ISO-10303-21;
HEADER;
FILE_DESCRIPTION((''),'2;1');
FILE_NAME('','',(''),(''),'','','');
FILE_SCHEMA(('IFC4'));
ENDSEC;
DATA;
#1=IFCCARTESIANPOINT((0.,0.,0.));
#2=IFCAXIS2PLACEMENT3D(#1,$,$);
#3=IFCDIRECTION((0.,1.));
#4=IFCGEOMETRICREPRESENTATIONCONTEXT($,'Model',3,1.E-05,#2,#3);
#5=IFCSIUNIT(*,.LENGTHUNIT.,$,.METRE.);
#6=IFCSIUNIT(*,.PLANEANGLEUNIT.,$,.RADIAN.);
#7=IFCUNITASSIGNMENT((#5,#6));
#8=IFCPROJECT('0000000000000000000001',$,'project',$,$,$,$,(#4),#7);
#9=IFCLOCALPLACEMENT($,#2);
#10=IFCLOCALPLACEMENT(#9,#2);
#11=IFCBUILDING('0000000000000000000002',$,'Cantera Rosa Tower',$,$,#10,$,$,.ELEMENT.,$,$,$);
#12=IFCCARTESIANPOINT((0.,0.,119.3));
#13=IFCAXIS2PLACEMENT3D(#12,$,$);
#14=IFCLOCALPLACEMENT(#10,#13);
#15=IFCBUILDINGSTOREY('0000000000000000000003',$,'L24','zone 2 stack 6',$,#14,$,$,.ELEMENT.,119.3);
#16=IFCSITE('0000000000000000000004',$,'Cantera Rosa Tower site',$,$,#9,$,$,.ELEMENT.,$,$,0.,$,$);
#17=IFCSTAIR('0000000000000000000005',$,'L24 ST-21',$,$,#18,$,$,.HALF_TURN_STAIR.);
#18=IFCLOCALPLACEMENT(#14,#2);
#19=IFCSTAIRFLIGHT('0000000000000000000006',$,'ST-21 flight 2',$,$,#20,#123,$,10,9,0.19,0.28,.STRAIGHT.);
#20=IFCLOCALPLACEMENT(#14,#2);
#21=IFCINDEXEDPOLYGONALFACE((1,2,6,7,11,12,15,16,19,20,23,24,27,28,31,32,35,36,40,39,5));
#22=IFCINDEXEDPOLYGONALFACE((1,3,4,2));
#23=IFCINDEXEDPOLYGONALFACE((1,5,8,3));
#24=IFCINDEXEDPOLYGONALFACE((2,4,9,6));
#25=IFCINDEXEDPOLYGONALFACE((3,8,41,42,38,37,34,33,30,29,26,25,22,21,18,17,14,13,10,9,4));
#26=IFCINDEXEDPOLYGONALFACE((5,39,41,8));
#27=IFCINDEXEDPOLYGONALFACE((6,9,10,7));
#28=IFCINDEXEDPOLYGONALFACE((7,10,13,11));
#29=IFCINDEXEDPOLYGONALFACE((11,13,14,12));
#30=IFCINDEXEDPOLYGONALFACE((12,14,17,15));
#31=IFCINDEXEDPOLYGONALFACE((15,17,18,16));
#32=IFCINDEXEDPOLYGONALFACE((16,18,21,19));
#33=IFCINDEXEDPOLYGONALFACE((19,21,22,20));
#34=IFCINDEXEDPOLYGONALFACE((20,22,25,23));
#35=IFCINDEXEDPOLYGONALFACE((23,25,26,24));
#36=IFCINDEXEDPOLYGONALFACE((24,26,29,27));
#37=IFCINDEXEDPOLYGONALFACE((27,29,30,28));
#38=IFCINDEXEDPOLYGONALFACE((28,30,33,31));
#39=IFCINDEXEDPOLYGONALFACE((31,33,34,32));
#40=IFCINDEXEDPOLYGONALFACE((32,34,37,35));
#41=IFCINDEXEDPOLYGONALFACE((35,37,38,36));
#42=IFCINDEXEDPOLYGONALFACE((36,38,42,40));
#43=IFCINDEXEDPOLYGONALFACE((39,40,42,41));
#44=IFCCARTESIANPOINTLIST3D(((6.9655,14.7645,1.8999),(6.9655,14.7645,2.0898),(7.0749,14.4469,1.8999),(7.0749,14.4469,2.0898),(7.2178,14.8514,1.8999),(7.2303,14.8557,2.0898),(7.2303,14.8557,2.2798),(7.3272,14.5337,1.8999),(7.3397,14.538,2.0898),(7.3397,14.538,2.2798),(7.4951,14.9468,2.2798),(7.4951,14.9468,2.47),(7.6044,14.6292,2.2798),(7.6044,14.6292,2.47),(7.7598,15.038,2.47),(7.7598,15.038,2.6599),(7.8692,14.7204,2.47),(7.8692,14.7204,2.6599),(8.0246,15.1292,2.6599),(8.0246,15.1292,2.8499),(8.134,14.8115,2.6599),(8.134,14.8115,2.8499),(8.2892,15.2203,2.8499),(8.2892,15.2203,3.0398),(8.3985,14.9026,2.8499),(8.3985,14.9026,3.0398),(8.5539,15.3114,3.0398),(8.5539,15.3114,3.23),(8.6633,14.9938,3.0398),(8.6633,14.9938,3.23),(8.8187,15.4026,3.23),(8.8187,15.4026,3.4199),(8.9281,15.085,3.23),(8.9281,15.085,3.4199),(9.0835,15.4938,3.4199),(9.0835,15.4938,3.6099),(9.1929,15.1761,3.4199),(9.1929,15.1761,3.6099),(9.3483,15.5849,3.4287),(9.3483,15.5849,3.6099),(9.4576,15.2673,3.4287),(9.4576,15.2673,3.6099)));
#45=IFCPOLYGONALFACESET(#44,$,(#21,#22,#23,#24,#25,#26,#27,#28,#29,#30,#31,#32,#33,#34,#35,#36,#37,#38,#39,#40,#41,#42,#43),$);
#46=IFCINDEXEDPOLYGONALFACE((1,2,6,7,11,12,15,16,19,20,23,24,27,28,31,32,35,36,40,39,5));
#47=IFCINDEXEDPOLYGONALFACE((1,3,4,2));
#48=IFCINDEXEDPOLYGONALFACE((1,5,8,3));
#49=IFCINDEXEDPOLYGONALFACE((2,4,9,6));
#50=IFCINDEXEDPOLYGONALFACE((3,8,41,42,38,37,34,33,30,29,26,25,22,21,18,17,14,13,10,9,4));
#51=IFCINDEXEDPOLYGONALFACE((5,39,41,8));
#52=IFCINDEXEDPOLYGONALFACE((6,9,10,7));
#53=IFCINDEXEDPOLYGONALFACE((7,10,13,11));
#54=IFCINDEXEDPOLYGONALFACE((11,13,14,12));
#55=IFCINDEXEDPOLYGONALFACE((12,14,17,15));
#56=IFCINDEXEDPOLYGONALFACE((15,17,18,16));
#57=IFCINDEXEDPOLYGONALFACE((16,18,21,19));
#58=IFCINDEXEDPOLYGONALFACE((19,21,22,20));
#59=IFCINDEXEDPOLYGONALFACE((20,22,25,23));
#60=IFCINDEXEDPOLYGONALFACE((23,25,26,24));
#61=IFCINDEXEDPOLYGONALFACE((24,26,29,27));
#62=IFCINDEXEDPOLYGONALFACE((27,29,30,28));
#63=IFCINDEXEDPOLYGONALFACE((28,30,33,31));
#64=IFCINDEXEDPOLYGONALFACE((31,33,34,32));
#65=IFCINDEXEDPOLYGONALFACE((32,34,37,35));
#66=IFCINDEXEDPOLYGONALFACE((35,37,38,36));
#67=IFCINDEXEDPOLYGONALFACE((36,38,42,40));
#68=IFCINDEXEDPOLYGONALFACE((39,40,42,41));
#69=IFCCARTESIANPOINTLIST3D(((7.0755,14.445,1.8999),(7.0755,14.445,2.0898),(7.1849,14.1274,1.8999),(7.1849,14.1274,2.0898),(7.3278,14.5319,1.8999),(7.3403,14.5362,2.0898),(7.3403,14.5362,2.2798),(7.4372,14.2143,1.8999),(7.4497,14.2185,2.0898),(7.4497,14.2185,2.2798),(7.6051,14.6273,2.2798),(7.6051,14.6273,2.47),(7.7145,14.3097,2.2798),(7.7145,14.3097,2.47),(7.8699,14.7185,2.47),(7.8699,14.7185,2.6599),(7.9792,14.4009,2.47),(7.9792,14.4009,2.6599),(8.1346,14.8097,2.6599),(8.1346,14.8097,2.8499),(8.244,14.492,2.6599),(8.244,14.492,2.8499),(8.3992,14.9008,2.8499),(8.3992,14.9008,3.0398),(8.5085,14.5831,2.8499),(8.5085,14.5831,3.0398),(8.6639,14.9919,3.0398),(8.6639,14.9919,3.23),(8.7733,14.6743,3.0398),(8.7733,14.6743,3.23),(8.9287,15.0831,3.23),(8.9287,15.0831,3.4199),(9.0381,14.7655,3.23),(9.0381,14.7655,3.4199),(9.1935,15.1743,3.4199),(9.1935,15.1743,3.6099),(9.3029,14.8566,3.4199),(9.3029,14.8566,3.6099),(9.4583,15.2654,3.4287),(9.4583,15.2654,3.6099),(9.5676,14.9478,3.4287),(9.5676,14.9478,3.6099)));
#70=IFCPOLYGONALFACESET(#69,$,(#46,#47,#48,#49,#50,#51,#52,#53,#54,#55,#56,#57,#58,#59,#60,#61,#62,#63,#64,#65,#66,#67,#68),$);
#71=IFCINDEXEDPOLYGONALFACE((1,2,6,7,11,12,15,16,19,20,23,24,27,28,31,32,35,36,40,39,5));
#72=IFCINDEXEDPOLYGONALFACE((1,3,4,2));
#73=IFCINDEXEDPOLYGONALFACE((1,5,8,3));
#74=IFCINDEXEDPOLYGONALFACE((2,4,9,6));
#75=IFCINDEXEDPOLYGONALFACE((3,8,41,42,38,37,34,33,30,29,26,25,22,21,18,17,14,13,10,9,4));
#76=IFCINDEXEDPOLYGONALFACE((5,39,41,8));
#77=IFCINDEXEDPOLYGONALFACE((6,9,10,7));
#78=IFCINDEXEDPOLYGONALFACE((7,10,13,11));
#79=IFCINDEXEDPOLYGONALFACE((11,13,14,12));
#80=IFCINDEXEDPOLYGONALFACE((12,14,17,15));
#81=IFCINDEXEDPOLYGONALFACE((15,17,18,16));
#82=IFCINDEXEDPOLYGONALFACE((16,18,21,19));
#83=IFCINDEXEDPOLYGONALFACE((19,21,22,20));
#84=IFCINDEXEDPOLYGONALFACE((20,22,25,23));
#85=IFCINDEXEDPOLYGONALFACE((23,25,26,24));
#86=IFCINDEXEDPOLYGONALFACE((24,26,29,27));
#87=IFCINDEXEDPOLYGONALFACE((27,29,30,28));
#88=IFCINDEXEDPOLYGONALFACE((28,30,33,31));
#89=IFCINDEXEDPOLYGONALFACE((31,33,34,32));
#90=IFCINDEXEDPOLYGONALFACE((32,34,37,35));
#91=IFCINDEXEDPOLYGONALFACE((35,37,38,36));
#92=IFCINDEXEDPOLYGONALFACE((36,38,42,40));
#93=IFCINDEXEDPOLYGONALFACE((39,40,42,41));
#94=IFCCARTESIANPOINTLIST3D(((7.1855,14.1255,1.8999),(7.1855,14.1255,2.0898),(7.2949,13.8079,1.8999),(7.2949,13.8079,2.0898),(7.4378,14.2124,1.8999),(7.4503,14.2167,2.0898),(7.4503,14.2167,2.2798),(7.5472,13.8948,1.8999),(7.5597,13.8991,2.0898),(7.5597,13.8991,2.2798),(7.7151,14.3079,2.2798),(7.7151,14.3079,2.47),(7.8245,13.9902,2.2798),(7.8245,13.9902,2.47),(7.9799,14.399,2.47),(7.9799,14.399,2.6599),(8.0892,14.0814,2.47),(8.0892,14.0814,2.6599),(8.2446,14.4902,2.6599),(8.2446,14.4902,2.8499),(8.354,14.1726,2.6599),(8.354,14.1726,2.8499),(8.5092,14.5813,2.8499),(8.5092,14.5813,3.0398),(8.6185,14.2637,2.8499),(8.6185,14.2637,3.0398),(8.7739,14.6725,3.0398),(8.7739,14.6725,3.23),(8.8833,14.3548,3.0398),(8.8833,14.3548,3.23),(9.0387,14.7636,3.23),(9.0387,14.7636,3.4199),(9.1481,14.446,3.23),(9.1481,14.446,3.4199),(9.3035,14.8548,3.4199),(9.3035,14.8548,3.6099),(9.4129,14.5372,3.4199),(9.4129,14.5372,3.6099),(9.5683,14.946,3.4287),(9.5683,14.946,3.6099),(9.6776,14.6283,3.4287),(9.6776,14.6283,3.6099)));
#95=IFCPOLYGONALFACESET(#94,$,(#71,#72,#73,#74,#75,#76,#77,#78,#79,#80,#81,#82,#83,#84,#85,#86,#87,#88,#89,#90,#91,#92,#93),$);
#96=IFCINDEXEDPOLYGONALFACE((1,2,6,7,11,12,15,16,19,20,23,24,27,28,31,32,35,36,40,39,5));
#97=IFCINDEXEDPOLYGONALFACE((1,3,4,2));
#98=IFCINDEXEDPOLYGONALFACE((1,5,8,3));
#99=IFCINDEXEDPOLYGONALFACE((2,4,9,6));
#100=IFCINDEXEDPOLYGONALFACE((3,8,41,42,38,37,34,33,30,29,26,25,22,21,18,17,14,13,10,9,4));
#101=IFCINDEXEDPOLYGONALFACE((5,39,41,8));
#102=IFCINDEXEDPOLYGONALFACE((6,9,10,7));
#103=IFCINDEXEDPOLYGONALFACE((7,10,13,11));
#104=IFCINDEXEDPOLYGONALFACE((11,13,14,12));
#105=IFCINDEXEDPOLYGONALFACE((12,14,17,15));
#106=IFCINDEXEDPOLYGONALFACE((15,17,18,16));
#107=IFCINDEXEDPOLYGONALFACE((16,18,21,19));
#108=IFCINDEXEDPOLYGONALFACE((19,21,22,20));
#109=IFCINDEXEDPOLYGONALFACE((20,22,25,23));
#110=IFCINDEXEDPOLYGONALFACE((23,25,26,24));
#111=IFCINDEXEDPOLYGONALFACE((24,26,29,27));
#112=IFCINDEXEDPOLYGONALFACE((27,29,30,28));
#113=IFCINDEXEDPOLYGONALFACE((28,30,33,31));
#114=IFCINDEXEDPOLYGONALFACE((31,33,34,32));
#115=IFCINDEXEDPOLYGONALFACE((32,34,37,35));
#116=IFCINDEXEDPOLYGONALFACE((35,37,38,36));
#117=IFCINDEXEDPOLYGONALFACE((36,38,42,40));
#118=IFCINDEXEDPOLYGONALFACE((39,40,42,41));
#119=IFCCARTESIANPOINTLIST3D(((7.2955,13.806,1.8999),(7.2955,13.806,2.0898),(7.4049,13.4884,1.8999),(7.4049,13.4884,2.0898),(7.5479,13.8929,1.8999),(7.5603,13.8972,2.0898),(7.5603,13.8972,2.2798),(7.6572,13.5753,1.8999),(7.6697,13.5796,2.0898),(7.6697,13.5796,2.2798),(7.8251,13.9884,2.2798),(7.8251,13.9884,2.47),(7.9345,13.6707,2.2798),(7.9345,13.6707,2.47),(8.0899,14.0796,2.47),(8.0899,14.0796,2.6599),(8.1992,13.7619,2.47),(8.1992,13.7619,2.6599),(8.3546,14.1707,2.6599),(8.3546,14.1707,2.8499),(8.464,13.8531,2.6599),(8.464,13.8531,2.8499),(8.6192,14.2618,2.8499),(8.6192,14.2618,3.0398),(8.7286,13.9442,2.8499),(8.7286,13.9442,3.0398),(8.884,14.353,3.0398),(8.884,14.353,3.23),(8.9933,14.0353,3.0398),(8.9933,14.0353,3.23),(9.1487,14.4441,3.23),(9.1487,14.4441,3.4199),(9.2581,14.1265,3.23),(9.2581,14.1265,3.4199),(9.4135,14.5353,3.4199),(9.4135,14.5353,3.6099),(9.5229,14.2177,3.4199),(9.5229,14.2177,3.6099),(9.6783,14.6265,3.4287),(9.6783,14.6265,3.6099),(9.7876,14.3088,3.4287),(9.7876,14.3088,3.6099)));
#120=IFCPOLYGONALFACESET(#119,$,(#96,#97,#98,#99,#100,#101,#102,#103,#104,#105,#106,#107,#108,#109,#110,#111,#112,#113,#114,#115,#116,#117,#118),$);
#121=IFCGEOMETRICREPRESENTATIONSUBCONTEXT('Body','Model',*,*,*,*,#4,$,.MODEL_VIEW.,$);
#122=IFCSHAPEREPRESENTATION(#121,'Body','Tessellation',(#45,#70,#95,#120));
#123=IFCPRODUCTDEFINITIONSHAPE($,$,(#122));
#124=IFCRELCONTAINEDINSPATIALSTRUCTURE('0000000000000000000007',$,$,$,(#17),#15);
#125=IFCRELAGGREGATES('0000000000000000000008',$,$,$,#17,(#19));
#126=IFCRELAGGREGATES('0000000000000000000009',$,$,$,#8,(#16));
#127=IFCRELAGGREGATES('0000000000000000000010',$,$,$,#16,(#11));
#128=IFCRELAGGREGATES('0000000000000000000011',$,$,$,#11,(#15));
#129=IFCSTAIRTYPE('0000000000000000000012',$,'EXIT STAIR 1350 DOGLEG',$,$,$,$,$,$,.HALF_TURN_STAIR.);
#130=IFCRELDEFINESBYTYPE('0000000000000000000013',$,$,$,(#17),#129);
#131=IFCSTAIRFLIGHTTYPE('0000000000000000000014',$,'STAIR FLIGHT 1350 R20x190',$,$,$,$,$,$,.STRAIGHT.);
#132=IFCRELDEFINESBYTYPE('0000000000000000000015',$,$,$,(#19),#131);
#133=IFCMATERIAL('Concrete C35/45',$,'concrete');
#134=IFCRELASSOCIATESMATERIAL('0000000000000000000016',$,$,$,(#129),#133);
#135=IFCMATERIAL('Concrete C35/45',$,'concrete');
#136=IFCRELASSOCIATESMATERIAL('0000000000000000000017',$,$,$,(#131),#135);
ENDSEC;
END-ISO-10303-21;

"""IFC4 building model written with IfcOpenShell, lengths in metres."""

from ifc_helpers import new_model, si_unit, direction, frame, origin, place, context, subcontext, project, spatial, polyline, outline, extrude, material, type_object, element, aggregate, save


model = new_model("IFC4")

# Units and contexts
model_context = context("Model", 3, precision=1e-05, world=origin(), true_north=direction((0.0, 1.0)))
body_context = subcontext(model_context, "Body", "Model", "MODEL_VIEW")
ifc_project = project(units=[si_unit("LENGTHUNIT", "METRE"), si_unit("PLANEANGLEUNIT", "RADIAN")], contexts=[model_context])

# Site, building, storey
site_placement = place(None, origin())
site = spatial("IfcSite", under=ifc_project, at=site_placement, Name="Cantera Rosa Tower site", CompositionType="ELEMENT", RefElevation=0.0)
building_placement = place(site_placement, origin())
building = spatial("IfcBuilding", under=site, at=building_placement, Name="Cantera Rosa Tower", CompositionType="ELEMENT")
storey_placement = place(building_placement, frame((0.0, 0.0, 119.3)))
storey = spatial("IfcBuildingStorey", under=building, at=storey_placement, Name="L24", Description="zone 2 stack 6", CompositionType="ELEMENT", Elevation=119.3)

# Stair, stair flight
ifc_material_1 = material(Name="Concrete C35/45", Category="concrete")
stair_type = type_object("IfcStairType", Name="EXIT STAIR 1350 DOGLEG", PredefinedType="HALF_TURN_STAIR", material=ifc_material_1)
stair_placement = place(storey_placement, origin())
stair = element("IfcStair", 1, at=stair_placement, inside=storey, type_object=stair_type, Name="L24 ST-21", PredefinedType="HALF_TURN_STAIR")
ifc_material_2 = material(Name="Concrete C35/45", Category="concrete")
stair_flight_type = type_object("IfcStairFlightType", Name="STAIR FLIGHT 1350 R20x190", PredefinedType="STRAIGHT", material=ifc_material_2)
stair_flight_1_placement = place(storey_placement, frame((7.1853, 14.1262, 1.8999), z_axis=(0.0, 0.0, 1.0), x_axis=(0.945519, 0.325568, 0.0)))
stair_flight_1 = element("IfcStairFlight", 2, at=stair_flight_1_placement, type_object=stair_flight_type, Name="ST-21 flight 2", NumberOfRisers=10, NumberOfTreads=9, PredefinedType="STRAIGHT", RiserHeight=0.19, TreadLength=0.28, context=body_context, shape_type="SweptSolid", body=[
    extrude(outline(polyline([(0.0, 0.0), (0.0, 0.1899), (0.28, 0.1899), (0.28, 0.3799), (0.5601, 0.3799), (0.5601, 0.5701), (0.8401, 0.5701), (0.8401, 0.76), (1.1201, 0.76), (1.1201, 0.95), (1.3999, 0.95), (1.3999, 1.1399), (1.6799, 1.1399), (1.6799, 1.3301), (1.96, 1.3301), (1.96, 1.52), (2.24, 1.52), (2.24, 1.71), (2.52, 1.71), (2.52, 1.8999), (2.52, 1.5288), (0.2668, 0.0), (0.0, 0.0)])), frame((0.0, 0.675, 0.0), z_axis=(0.0, -1.0, 0.0), x_axis=(1.0, 0.0, 0.0)), (0.0, 0.0, 1.0), 0.3359),
    extrude(outline(polyline([(0.0, 0.0), (0.0, 0.1899), (0.28, 0.1899), (0.28, 0.3799), (0.5601, 0.3799), (0.5601, 0.5701), (0.8401, 0.5701), (0.8401, 0.76), (1.1201, 0.76), (1.1201, 0.95), (1.3999, 0.95), (1.3999, 1.1399), (1.6799, 1.1399), (1.6799, 1.3301), (1.96, 1.3301), (1.96, 1.52), (2.24, 1.52), (2.24, 1.71), (2.52, 1.71), (2.52, 1.8999), (2.52, 1.5288), (0.2668, 0.0), (0.0, 0.0)])), frame((0.0, 0.3372, 0.0), z_axis=(0.0, -1.0, 0.0), x_axis=(1.0, 0.0, 0.0)), (0.0, 0.0, 1.0), 0.3359),
    extrude(outline(polyline([(0.0, 0.0), (0.0, 0.1899), (0.28, 0.1899), (0.28, 0.3799), (0.5601, 0.3799), (0.5601, 0.5701), (0.8401, 0.5701), (0.8401, 0.76), (1.1201, 0.76), (1.1201, 0.95), (1.3999, 0.95), (1.3999, 1.1399), (1.6799, 1.1399), (1.6799, 1.3301), (1.96, 1.3301), (1.96, 1.52), (2.24, 1.52), (2.24, 1.71), (2.52, 1.71), (2.52, 1.8999), (2.52, 1.5288), (0.2668, 0.0), (0.0, 0.0)])), frame((0.0, -0.0007, 0.0), z_axis=(0.0, -1.0, 0.0), x_axis=(1.0, 0.0, 0.0)), (0.0, 0.0, 1.0), 0.3359),
    extrude(outline(polyline([(0.0, 0.0), (0.0, 0.1899), (0.28, 0.1899), (0.28, 0.3799), (0.5601, 0.3799), (0.5601, 0.5701), (0.8401, 0.5701), (0.8401, 0.76), (1.1201, 0.76), (1.1201, 0.95), (1.3999, 0.95), (1.3999, 1.1399), (1.6799, 1.1399), (1.6799, 1.3301), (1.96, 1.3301), (1.96, 1.52), (2.24, 1.52), (2.24, 1.71), (2.52, 1.71), (2.52, 1.8999), (2.52, 1.5288), (0.2668, 0.0), (0.0, 0.0)])), frame((0.0, -0.3386, 0.0), z_axis=(0.0, -1.0, 0.0), x_axis=(1.0, 0.0, 0.0)), (0.0, 0.0, 1.0), 0.3359),
])
aggregate(stair, [stair_flight_1])

save(model, "model.ifc")
